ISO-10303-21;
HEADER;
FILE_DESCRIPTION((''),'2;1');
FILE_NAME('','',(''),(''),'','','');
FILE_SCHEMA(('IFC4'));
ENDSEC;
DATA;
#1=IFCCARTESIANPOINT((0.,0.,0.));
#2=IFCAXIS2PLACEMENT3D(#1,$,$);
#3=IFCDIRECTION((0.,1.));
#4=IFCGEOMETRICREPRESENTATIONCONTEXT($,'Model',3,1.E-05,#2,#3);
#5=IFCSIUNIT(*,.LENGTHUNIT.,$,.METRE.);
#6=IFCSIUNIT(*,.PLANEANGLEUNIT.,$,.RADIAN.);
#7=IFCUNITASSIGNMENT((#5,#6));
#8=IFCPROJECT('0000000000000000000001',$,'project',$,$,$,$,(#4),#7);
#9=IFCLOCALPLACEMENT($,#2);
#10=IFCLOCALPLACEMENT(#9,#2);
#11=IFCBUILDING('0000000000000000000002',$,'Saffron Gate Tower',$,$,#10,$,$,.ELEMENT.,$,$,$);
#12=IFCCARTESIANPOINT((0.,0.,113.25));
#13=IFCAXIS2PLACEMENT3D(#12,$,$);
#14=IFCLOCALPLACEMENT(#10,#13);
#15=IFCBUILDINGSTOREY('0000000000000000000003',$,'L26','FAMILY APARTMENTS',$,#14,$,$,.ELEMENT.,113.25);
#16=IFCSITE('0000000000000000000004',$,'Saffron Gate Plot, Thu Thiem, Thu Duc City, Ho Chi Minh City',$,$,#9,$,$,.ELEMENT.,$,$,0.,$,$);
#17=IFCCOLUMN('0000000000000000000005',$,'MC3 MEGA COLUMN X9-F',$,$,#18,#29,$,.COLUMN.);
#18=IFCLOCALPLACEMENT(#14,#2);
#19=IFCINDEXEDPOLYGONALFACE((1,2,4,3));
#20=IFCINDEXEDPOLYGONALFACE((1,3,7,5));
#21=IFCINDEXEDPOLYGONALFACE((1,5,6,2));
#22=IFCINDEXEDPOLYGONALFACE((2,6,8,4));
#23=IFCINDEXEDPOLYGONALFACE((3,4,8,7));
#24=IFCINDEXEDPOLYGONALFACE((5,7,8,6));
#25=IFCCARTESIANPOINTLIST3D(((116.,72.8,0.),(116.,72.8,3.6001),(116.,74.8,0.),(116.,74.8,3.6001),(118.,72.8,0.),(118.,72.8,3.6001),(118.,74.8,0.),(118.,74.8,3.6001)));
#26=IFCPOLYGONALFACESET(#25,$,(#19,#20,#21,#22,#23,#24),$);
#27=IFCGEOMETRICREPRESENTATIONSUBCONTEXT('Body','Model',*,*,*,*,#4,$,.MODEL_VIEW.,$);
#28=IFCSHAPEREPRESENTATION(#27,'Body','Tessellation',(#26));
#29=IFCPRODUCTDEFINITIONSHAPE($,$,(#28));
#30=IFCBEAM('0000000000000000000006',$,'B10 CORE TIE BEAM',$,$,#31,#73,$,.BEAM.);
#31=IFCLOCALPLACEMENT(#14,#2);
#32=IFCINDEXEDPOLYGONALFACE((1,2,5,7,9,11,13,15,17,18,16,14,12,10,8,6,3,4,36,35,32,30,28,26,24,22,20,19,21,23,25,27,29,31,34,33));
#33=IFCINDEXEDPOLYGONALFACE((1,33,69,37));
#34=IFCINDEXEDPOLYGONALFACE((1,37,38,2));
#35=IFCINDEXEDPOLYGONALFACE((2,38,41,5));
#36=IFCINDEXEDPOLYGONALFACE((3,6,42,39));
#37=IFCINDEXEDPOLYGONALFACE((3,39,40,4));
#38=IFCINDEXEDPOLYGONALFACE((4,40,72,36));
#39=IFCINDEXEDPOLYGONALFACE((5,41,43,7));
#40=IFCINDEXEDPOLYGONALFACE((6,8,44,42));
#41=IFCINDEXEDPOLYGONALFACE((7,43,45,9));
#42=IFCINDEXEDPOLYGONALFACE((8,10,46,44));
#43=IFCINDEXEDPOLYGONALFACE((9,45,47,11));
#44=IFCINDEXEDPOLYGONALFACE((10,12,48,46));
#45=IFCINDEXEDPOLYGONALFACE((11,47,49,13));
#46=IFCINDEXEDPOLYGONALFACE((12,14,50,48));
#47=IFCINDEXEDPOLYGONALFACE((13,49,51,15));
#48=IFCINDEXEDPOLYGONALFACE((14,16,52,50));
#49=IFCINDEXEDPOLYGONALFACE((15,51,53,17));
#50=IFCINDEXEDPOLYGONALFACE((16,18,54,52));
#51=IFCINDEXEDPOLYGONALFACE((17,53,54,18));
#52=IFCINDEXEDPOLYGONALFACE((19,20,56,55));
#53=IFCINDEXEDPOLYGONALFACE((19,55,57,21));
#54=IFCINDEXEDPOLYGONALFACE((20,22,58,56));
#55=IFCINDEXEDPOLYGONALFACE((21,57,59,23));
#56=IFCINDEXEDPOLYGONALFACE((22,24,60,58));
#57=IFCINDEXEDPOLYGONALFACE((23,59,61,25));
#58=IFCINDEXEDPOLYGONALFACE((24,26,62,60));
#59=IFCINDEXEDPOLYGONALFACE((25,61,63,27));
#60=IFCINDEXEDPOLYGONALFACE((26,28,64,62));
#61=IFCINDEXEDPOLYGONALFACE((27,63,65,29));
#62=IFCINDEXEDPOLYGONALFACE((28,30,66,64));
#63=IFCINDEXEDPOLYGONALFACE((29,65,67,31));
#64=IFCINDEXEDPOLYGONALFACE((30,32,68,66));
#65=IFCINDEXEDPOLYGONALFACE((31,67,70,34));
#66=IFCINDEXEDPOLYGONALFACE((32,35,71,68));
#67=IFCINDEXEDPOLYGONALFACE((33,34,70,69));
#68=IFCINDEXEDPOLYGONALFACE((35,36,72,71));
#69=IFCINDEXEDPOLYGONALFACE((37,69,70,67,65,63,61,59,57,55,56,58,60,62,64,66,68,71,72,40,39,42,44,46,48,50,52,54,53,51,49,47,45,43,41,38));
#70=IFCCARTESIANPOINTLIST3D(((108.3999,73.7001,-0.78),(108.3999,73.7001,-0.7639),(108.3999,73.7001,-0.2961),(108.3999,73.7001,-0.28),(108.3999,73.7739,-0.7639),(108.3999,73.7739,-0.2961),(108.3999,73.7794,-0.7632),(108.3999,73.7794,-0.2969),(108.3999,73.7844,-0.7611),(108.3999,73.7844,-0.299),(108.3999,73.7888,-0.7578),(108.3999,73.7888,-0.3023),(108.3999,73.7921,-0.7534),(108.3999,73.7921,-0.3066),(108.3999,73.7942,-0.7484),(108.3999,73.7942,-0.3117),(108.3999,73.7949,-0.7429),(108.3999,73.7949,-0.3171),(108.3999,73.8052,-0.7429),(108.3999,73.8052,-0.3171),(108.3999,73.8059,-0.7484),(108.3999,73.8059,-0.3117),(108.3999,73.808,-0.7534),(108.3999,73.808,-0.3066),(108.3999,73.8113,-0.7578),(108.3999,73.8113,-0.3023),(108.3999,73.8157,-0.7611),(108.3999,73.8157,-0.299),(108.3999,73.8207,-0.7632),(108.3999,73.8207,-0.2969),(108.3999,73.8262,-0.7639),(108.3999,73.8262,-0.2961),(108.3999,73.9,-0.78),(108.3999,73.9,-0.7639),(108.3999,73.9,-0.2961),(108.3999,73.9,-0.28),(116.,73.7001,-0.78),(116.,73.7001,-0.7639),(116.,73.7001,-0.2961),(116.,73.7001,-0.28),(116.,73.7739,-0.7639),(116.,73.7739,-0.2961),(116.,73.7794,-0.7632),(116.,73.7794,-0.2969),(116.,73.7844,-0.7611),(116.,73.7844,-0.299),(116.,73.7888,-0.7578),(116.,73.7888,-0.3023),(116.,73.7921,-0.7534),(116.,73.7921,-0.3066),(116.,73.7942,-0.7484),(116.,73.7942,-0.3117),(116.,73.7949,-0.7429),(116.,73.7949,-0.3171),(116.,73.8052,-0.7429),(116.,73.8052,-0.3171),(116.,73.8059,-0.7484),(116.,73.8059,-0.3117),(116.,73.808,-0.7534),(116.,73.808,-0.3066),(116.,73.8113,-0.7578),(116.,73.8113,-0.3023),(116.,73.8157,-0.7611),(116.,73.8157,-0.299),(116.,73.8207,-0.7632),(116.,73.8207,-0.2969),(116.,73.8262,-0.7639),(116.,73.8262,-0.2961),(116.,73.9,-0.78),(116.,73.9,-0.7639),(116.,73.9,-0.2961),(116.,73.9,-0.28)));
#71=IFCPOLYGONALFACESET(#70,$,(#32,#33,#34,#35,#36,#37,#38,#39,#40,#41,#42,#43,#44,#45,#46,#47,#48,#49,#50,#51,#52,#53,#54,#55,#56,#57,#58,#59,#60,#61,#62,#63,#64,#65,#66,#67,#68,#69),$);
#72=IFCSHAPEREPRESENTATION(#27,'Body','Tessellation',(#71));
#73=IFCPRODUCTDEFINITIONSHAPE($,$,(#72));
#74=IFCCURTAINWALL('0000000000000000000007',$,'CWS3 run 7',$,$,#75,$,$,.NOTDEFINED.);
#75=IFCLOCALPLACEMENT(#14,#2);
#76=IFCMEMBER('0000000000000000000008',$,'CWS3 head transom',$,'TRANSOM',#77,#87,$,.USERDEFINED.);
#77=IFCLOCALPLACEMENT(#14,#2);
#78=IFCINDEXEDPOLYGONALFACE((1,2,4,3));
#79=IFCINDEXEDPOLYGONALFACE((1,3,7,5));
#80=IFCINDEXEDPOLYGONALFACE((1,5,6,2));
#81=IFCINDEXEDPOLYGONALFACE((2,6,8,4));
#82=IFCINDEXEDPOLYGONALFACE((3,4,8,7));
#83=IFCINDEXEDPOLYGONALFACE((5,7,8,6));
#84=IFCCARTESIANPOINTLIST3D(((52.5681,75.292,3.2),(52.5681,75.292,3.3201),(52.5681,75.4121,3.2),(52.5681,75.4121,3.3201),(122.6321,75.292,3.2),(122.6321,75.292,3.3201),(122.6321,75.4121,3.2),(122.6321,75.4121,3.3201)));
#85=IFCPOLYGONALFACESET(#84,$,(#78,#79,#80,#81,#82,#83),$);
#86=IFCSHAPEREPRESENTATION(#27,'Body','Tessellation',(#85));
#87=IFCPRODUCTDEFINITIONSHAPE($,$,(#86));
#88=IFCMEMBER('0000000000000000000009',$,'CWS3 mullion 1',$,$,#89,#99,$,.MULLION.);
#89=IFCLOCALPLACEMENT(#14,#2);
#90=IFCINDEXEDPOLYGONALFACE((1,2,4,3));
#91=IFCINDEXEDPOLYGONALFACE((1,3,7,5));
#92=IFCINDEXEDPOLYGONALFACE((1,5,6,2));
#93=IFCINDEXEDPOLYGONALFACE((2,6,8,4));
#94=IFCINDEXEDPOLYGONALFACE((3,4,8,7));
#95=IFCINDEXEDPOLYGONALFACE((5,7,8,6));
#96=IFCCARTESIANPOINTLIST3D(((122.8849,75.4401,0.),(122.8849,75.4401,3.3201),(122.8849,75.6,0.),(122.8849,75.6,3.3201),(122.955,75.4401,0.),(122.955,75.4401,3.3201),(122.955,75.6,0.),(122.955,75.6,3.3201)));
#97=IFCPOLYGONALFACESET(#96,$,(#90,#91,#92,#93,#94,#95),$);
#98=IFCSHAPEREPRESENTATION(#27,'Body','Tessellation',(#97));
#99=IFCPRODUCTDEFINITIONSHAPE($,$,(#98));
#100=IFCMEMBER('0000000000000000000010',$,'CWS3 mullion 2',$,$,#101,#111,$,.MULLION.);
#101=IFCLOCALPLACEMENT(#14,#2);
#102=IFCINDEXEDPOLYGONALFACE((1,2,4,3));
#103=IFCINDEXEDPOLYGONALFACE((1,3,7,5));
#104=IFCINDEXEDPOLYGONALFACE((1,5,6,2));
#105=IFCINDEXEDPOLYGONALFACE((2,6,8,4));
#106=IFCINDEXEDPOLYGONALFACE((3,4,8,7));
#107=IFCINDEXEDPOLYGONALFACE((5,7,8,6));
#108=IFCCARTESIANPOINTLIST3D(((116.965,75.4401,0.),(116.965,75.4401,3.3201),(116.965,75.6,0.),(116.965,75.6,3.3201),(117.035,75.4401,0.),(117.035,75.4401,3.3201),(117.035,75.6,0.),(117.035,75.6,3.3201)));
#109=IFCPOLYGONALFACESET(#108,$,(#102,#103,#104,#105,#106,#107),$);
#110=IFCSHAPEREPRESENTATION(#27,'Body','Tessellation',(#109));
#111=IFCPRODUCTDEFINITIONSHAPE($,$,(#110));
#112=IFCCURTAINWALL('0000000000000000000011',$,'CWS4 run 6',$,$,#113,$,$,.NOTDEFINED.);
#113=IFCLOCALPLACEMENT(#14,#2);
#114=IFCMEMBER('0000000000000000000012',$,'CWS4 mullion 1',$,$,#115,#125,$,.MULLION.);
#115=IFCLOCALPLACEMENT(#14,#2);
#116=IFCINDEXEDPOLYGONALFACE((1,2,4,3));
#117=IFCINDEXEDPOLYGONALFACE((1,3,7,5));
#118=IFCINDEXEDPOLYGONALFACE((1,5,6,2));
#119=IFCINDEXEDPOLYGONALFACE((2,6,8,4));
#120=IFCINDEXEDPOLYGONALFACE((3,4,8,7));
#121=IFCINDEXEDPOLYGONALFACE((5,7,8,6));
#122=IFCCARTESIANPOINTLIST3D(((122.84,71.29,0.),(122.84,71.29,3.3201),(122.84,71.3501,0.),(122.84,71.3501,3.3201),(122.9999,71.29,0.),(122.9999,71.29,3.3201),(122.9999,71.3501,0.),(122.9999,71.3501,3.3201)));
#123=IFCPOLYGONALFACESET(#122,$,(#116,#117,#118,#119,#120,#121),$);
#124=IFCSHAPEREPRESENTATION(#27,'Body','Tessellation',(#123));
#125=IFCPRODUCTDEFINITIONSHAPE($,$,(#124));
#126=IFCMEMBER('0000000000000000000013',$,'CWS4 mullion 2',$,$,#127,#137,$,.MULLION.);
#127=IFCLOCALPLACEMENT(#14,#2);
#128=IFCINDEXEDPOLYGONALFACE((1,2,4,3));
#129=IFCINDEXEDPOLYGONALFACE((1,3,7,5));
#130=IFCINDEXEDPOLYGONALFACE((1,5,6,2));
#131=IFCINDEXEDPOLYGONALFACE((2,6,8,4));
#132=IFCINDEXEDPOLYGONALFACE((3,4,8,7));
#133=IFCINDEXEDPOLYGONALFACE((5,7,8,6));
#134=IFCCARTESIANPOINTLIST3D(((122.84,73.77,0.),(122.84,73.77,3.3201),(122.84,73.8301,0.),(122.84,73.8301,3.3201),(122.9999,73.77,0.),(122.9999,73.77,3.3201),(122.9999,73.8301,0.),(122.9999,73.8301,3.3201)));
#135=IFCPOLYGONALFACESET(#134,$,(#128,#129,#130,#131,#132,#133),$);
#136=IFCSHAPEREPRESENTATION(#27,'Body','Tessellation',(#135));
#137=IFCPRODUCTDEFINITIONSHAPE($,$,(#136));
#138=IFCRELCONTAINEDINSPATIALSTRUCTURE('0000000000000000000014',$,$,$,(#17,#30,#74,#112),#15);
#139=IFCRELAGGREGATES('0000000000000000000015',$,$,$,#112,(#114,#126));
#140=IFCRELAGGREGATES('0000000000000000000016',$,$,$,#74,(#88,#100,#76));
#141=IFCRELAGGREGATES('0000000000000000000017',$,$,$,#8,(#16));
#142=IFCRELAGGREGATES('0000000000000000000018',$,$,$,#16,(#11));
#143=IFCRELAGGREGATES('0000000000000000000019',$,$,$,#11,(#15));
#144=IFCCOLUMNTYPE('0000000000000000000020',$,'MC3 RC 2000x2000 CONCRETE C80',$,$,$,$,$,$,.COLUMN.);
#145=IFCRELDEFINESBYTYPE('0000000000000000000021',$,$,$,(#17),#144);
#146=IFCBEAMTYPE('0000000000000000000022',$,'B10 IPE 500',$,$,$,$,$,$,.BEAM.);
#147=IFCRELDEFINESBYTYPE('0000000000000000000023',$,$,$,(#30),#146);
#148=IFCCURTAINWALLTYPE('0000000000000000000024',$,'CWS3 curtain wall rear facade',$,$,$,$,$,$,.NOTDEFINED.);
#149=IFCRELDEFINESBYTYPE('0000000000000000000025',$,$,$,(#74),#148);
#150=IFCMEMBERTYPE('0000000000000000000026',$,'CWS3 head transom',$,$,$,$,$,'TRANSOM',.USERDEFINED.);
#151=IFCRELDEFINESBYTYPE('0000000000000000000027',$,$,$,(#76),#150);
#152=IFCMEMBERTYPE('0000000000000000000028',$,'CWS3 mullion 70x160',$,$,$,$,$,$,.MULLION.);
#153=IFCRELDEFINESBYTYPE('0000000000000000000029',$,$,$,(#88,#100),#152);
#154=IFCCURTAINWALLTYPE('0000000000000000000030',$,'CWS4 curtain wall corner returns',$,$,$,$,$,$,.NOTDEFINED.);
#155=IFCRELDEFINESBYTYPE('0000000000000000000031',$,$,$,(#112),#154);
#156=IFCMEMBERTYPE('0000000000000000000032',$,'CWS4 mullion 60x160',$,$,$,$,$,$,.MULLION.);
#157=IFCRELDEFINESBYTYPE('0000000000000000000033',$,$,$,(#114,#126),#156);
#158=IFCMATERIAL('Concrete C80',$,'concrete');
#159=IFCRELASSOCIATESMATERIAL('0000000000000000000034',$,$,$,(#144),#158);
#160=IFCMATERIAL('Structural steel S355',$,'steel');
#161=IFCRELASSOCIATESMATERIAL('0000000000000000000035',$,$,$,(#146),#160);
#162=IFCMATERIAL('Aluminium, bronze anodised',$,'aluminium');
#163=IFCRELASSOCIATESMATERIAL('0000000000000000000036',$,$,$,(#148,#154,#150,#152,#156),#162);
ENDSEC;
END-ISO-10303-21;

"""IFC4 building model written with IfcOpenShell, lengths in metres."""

from ifc_helpers import new_model, si_unit, direction, frame, origin, origin_2d, place, context, subcontext, project, spatial, rectangle, i_section, extrude, material, material_profile, profile_set, type_object, element, aggregate, save


model = new_model("IFC4")

# Units and contexts
model_context = context("Model", 3, precision=1e-05, world=origin(), true_north=direction((0.0, 1.0)))
body_context = subcontext(model_context, "Body", "Model", "MODEL_VIEW")
ifc_project = project(units=[si_unit("LENGTHUNIT", "METRE"), si_unit("PLANEANGLEUNIT", "RADIAN")], contexts=[model_context])

# Site, building, storey
site_placement = place(None, origin())
site = spatial("IfcSite", under=ifc_project, at=site_placement, Name="Saffron Gate Plot, Thu Thiem, Thu Duc City, Ho Chi Minh City", CompositionType="ELEMENT", RefElevation=0.0)
building_placement = place(site_placement, origin())
building = spatial("IfcBuilding", under=site, at=building_placement, Name="Saffron Gate Tower", CompositionType="ELEMENT")
storey_placement = place(building_placement, frame((0.0, 0.0, 113.25)))
storey = spatial("IfcBuildingStorey", under=building, at=storey_placement, Name="L26", Description="FAMILY APARTMENTS", CompositionType="ELEMENT", Elevation=113.25)

# Column
ifc_material_1 = material(Name="Concrete C80", Category="concrete")
ifc_material_profile_1 = material_profile(ifc_material_1, rectangle(XDim=2.0, YDim=2.0, at=origin_2d()))
ifc_profile_set_1 = profile_set([ifc_material_profile_1], Name="Concrete C80")
column_type = type_object("IfcColumnType", Name="MC3 RC 2000x2000 CONCRETE C80", PredefinedType="COLUMN", material=ifc_profile_set_1)
column_placement = place(storey_placement, frame((117.0, 73.8, 0.0), z_axis=(0.0, 0.0, 1.0), x_axis=(1.0, 0.0, 0.0)))
element("IfcColumn", 1, at=column_placement, inside=storey, type_object=column_type, Name="MC3 MEGA COLUMN X9-F", PredefinedType="COLUMN", context=body_context, shape_type="SweptSolid", body=[
    extrude(rectangle(XDim=2.0, YDim=2.0, at=origin_2d()), origin(), (0.0, 0.0, 1.0), 3.6001),
])

# Beam
ifc_material_2 = material(Name="Structural steel S355", Category="steel")
ifc_material_profile_2 = material_profile(ifc_material_2, i_section(OverallWidth=0.2, OverallDepth=0.5, WebThickness=0.0103, FlangeThickness=0.0161, FilletRadius=0.021, at=origin_2d()))
ifc_profile_set_2 = profile_set([ifc_material_profile_2], Name="Structural steel S355")
beam_type = type_object("IfcBeamType", Name="B10 IPE 500", PredefinedType="BEAM", material=ifc_profile_set_2)
beam_placement = place(storey_placement, frame((116.0, 73.8, -0.53), z_axis=(-1.0, 0.0, 0.0), x_axis=(0.0, -1.0, 0.0)))
element("IfcBeam", 2, at=beam_placement, inside=storey, type_object=beam_type, Name="B10 CORE TIE BEAM", PredefinedType="BEAM", context=body_context, shape_type="SweptSolid", body=[
    extrude(i_section(OverallWidth=0.2, OverallDepth=0.5, WebThickness=0.0103, FlangeThickness=0.0161, FilletRadius=0.021, at=origin_2d()), origin(), (0.0, 0.0, 1.0), 7.6001),
])

# Curtain walls, members
ifc_material_3 = material(Name="Aluminium, bronze anodised", Category="aluminium")
curtain_wall_type_1 = type_object("IfcCurtainWallType", Name="CWS3 curtain wall rear facade", PredefinedType="NOTDEFINED", material=ifc_material_3)
curtain_wall_1_placement = place(storey_placement, origin())
curtain_wall_1 = element("IfcCurtainWall", 3, at=curtain_wall_1_placement, inside=storey, type_object=curtain_wall_type_1, Name="CWS3 run 7", PredefinedType="NOTDEFINED")
ifc_material_profile_3 = material_profile(ifc_material_3, rectangle(XDim=0.1201, YDim=0.1201, at=origin_2d()))
ifc_profile_set_3 = profile_set([ifc_material_profile_3], Name="Aluminium, bronze anodised")
member_type_1 = type_object("IfcMemberType", Name="CWS3 head transom", ElementType="TRANSOM", PredefinedType="USERDEFINED", material=ifc_profile_set_3)
member_1_placement = place(storey_placement, frame((122.6321, 75.3521, 3.26), z_axis=(-1.0, 0.0, 0.0), x_axis=(0.0, -1.0, 0.0)))
member_1 = element("IfcMember", 4, at=member_1_placement, type_object=member_type_1, Name="CWS3 head transom", ObjectType="TRANSOM", PredefinedType="USERDEFINED", context=body_context, shape_type="SweptSolid", body=[
    extrude(rectangle(XDim=0.1201, YDim=0.1201, at=origin_2d()), origin(), (0.0, 0.0, 1.0), 70.064),
])
ifc_material_profile_4 = material_profile(ifc_material_3, rectangle(XDim=0.1599, YDim=0.0701, at=origin_2d()))
ifc_profile_set_4 = profile_set([ifc_material_profile_4], Name="Aluminium, bronze anodised")
member_type_2 = type_object("IfcMemberType", Name="CWS3 mullion 70x160", PredefinedType="MULLION", material=ifc_profile_set_4)
member_2_placement = place(storey_placement, frame((122.9199, 75.52, 0.0), z_axis=(0.0, 0.0, 1.0), x_axis=(0.0, -1.0, 0.0)))
member_2 = element("IfcMember", 5, at=member_2_placement, type_object=member_type_2, Name="CWS3 mullion 1", PredefinedType="MULLION", context=body_context, shape_type="SweptSolid", body=[
    extrude(rectangle(XDim=0.1599, YDim=0.0701, at=origin_2d()), origin(), (0.0, 0.0, 1.0), 3.3201),
])
member_3_placement = place(storey_placement, frame((117.0, 75.52, 0.0), z_axis=(0.0, 0.0, 1.0), x_axis=(0.0, -1.0, 0.0)))
member_3 = element("IfcMember", 6, at=member_3_placement, type_object=member_type_2, Name="CWS3 mullion 2", PredefinedType="MULLION", context=body_context, shape_type="SweptSolid", body=[
    extrude(rectangle(XDim=0.1599, YDim=0.0701, at=origin_2d()), origin(), (0.0, 0.0, 1.0), 3.3201),
])
curtain_wall_type_2 = type_object("IfcCurtainWallType", Name="CWS4 curtain wall corner returns", PredefinedType="NOTDEFINED", material=ifc_material_3)
curtain_wall_2_placement = place(storey_placement, origin())
curtain_wall_2 = element("IfcCurtainWall", 7, at=curtain_wall_2_placement, inside=storey, type_object=curtain_wall_type_2, Name="CWS4 run 6", PredefinedType="NOTDEFINED")
ifc_material_profile_5 = material_profile(ifc_material_3, rectangle(XDim=0.1599, YDim=0.0601, at=origin_2d()))
ifc_profile_set_5 = profile_set([ifc_material_profile_5], Name="Aluminium, bronze anodised")
member_type_3 = type_object("IfcMemberType", Name="CWS4 mullion 60x160", PredefinedType="MULLION", material=ifc_profile_set_5)
member_4_placement = place(storey_placement, frame((122.9199, 71.3201, 0.0), z_axis=(0.0, 0.0, 1.0), x_axis=(-1.0, 0.0, 0.0)))
member_4 = element("IfcMember", 8, at=member_4_placement, type_object=member_type_3, Name="CWS4 mullion 1", PredefinedType="MULLION", context=body_context, shape_type="SweptSolid", body=[
    extrude(rectangle(XDim=0.1599, YDim=0.0601, at=origin_2d()), origin(), (0.0, 0.0, 1.0), 3.3201),
])
member_5_placement = place(storey_placement, frame((122.9199, 73.8, 0.0), z_axis=(0.0, 0.0, 1.0), x_axis=(-1.0, 0.0, 0.0)))
member_5 = element("IfcMember", 9, at=member_5_placement, type_object=member_type_3, Name="CWS4 mullion 2", PredefinedType="MULLION", context=body_context, shape_type="SweptSolid", body=[
    extrude(rectangle(XDim=0.1599, YDim=0.0601, at=origin_2d()), origin(), (0.0, 0.0, 1.0), 3.3201),
])
aggregate(curtain_wall_2, [member_4, member_5])

aggregate(curtain_wall_1, [member_2, member_3, member_1])

save(model, "model.ifc")
